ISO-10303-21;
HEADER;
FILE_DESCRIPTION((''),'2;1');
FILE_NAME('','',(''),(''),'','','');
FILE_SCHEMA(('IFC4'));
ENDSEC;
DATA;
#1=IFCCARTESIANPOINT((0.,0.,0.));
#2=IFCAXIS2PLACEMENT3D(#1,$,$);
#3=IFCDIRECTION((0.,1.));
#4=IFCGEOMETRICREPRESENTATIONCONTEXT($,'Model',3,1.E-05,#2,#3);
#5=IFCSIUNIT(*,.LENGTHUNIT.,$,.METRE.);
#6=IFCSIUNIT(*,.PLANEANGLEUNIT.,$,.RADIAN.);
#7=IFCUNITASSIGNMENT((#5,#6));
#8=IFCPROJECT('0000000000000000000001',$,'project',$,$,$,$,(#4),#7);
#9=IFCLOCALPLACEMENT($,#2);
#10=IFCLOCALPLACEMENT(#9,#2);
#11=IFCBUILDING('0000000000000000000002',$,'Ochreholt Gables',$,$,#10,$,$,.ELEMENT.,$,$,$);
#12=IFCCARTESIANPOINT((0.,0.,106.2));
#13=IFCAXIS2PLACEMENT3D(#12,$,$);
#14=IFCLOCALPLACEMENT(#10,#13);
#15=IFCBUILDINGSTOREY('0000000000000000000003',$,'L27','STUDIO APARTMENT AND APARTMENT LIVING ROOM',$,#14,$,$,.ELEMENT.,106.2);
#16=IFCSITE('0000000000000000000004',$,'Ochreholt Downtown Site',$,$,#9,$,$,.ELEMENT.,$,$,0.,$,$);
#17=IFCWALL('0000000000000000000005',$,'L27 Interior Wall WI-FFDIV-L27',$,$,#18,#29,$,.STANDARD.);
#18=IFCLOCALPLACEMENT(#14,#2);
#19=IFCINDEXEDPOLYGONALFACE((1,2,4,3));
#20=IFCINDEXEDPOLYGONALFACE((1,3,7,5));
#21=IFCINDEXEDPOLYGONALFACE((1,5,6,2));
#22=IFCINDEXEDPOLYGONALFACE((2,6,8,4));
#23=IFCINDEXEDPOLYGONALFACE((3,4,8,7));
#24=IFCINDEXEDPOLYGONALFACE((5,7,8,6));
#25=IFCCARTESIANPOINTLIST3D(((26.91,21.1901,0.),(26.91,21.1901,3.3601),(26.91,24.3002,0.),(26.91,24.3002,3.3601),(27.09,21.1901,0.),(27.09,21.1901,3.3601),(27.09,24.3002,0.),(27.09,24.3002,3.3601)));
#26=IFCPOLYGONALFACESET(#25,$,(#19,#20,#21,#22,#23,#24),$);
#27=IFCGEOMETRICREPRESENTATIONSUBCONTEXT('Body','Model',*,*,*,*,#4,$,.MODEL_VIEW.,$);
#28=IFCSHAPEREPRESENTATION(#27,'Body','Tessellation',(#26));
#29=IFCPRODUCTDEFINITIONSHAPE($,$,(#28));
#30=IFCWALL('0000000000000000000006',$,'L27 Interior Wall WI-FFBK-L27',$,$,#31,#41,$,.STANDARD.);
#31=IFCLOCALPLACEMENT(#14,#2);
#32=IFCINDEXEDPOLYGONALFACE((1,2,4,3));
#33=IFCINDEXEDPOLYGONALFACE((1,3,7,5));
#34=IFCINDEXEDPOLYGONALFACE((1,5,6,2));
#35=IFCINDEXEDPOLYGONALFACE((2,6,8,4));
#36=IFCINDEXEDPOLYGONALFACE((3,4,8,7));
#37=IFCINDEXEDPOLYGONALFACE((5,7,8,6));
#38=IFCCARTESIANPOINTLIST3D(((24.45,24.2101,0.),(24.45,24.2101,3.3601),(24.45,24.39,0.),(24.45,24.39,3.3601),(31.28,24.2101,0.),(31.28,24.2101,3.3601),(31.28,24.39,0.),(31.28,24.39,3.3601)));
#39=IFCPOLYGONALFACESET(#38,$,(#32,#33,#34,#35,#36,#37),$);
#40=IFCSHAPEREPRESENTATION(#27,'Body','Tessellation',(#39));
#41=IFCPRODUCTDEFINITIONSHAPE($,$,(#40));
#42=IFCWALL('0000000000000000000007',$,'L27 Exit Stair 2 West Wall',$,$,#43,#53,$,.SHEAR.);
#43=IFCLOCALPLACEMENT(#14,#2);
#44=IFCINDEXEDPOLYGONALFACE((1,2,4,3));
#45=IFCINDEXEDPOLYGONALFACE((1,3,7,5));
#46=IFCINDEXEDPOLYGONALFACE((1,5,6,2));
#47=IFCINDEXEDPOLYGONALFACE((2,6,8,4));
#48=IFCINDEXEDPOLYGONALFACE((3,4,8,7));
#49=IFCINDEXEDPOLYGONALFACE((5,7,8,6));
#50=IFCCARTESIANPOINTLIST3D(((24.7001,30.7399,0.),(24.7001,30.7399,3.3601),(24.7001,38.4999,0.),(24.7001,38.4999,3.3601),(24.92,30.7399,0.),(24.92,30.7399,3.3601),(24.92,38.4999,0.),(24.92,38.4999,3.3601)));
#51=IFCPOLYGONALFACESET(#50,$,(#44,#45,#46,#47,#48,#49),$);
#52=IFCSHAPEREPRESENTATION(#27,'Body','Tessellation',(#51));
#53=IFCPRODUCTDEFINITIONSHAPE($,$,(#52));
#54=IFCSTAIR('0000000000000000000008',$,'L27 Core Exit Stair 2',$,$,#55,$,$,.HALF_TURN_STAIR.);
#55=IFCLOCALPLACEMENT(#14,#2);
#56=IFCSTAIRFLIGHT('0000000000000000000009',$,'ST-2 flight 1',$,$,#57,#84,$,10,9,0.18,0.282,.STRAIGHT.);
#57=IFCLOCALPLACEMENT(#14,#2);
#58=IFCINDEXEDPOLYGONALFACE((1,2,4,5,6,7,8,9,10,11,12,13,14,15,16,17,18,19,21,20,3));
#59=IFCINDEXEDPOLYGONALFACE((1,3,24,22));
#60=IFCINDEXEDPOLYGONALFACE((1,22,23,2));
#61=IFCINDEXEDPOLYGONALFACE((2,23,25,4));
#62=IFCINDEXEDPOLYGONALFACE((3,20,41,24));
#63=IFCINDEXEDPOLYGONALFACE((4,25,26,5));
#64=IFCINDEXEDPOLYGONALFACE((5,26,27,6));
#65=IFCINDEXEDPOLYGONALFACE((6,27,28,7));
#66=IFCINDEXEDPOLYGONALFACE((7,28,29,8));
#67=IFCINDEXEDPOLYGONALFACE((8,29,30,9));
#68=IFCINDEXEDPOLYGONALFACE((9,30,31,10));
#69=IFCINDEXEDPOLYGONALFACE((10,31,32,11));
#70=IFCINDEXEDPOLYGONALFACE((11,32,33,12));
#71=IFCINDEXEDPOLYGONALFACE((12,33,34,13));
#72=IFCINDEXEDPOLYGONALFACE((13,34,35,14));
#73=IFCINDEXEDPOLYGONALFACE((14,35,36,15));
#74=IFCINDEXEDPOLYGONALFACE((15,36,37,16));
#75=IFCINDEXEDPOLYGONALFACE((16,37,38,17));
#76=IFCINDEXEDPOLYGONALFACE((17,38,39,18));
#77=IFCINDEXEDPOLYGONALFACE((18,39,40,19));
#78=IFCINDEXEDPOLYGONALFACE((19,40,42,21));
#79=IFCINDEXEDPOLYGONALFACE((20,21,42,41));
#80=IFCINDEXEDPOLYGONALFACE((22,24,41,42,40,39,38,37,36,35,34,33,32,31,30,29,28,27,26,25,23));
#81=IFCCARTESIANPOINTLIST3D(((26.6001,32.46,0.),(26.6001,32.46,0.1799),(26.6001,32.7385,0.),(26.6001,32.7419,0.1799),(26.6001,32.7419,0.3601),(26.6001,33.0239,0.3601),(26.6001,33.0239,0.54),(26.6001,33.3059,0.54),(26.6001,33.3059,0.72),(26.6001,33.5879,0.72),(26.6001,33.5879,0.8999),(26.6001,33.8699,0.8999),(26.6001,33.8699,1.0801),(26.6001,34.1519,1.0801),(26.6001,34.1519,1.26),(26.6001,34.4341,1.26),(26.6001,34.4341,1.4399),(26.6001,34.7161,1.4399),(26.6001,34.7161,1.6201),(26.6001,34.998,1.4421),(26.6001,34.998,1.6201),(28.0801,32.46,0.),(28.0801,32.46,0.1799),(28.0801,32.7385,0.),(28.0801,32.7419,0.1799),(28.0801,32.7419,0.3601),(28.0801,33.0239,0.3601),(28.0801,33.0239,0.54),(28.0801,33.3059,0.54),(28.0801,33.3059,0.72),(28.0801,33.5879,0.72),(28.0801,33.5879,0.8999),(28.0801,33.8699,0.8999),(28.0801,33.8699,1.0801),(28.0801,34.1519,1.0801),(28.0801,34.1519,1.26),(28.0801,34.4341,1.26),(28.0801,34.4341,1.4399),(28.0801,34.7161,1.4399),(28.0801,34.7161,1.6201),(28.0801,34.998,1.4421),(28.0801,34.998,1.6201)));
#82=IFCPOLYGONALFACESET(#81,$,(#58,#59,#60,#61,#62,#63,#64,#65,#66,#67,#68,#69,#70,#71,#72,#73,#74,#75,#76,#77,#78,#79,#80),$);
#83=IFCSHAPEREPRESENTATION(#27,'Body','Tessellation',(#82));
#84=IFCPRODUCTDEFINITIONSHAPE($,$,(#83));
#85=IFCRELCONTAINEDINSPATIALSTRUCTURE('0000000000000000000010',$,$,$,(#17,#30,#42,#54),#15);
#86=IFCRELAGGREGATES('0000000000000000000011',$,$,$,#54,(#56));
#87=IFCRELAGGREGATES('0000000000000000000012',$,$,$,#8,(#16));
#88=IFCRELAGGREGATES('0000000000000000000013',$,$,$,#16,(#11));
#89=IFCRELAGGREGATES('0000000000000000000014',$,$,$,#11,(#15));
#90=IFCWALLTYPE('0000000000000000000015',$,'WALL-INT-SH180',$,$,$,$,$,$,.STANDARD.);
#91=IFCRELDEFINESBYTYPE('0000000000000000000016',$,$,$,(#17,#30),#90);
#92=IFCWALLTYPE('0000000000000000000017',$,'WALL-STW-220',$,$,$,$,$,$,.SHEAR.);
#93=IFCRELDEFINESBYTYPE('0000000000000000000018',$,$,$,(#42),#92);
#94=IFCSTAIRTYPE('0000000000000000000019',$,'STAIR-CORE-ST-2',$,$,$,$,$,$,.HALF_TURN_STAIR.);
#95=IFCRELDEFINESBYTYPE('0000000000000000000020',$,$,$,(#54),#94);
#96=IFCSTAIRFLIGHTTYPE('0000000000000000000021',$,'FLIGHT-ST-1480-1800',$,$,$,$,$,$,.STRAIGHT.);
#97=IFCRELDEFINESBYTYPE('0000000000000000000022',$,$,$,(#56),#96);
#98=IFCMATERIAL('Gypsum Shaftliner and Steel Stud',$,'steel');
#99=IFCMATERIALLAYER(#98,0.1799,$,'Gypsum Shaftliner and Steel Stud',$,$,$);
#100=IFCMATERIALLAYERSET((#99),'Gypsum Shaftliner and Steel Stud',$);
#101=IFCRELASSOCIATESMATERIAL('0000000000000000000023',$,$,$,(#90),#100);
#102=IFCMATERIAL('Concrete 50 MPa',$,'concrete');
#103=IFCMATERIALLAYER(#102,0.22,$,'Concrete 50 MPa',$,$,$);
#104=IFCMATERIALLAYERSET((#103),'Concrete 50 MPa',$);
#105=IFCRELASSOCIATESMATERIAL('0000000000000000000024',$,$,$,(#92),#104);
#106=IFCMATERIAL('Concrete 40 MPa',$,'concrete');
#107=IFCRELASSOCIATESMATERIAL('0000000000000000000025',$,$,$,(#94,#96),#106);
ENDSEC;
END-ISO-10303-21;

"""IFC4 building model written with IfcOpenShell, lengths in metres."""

from ifc_helpers import new_model, si_unit, direction, frame, frame_2d, origin, place, context, subcontext, project, spatial, polyline, rectangle, outline, extrude, material, layer, layer_set, type_object, element, aggregate, save


model = new_model("IFC4")

# Units and contexts
model_context = context("Model", 3, precision=1e-05, world=origin(), true_north=direction((0.0, 1.0)))
body_context = subcontext(model_context, "Body", "Model", "MODEL_VIEW")
ifc_project = project(units=[si_unit("LENGTHUNIT", "METRE"), si_unit("PLANEANGLEUNIT", "RADIAN")], contexts=[model_context])

# Site, building, storey
site_placement = place(None, origin())
site = spatial("IfcSite", under=ifc_project, at=site_placement, Name="Ochreholt Downtown Site", CompositionType="ELEMENT", RefElevation=0.0)
building_placement = place(site_placement, origin())
building = spatial("IfcBuilding", under=site, at=building_placement, Name="Ochreholt Gables", CompositionType="ELEMENT")
storey_placement = place(building_placement, frame((0.0, 0.0, 106.2)))
storey = spatial("IfcBuildingStorey", under=building, at=storey_placement, Name="L27", Description="STUDIO APARTMENT AND APARTMENT LIVING ROOM", CompositionType="ELEMENT", Elevation=106.2)

# Shared definitions
ifc_material_1 = material(Name="Concrete 40 MPa", Category="concrete")

# Walls
ifc_material_2 = material(Name="Gypsum Shaftliner and Steel Stud", Category="steel")
ifc_layer_1 = layer(ifc_material_2, 0.1799, Name="Gypsum Shaftliner and Steel Stud")
ifc_layer_set_1 = layer_set([ifc_layer_1], Name="Gypsum Shaftliner and Steel Stud")
wall_type_1 = type_object("IfcWallType", Name="WALL-INT-SH180", PredefinedType="STANDARD", material=ifc_layer_set_1)
wall_1_placement = place(storey_placement, frame((27.0, 21.1899, 0.0), z_axis=(0.0, 0.0, 1.0), x_axis=(0.0, 1.0, 0.0)))
element("IfcWall", 1, at=wall_1_placement, inside=storey, type_object=wall_type_1, Name="L27 Interior Wall WI-FFDIV-L27", PredefinedType="STANDARD", context=body_context, shape_type="SweptSolid", body=[
    extrude(rectangle(XDim=3.1101, YDim=0.1799, at=frame_2d((1.5552, 0.0))), origin(), (0.0, 0.0, 1.0), 3.3601),
])
wall_2_placement = place(storey_placement, frame((24.45, 24.3, 0.0), z_axis=(0.0, 0.0, 1.0), x_axis=(1.0, 0.0, 0.0)))
element("IfcWall", 2, at=wall_2_placement, inside=storey, type_object=wall_type_1, Name="L27 Interior Wall WI-FFBK-L27", PredefinedType="STANDARD", context=body_context, shape_type="SweptSolid", body=[
    extrude(rectangle(XDim=6.8301, YDim=0.1799, at=frame_2d((3.415, 0.0))), origin(), (0.0, 0.0, 1.0), 3.3601),
])
ifc_material_3 = material(Name="Concrete 50 MPa", Category="concrete")
ifc_layer_2 = layer(ifc_material_3, 0.22, Name="Concrete 50 MPa")
ifc_layer_set_2 = layer_set([ifc_layer_2], Name="Concrete 50 MPa")
wall_type_2 = type_object("IfcWallType", Name="WALL-STW-220", PredefinedType="SHEAR", material=ifc_layer_set_2)
wall_3_placement = place(storey_placement, frame((24.8101, 30.74, 0.0), z_axis=(0.0, 0.0, 1.0), x_axis=(0.0, 1.0, 0.0)))
element("IfcWall", 3, at=wall_3_placement, inside=storey, type_object=wall_type_2, Name="L27 Exit Stair 2 West Wall", PredefinedType="SHEAR", context=body_context, shape_type="SweptSolid", body=[
    extrude(rectangle(XDim=7.76, YDim=0.22, at=frame_2d((3.8799, 0.0))), origin(), (0.0, 0.0, 1.0), 3.3601),
])

# Stair, stair flight
stair_type = type_object("IfcStairType", Name="STAIR-CORE-ST-2", PredefinedType="HALF_TURN_STAIR", material=ifc_material_1)
stair_placement = place(storey_placement, origin())
stair = element("IfcStair", 4, at=stair_placement, inside=storey, type_object=stair_type, Name="L27 Core Exit Stair 2", PredefinedType="HALF_TURN_STAIR")
stair_flight_type = type_object("IfcStairFlightType", Name="FLIGHT-ST-1480-1800", PredefinedType="STRAIGHT", material=ifc_material_1)
stair_flight_placement = place(storey_placement, frame((27.3401, 32.46, 0.0), z_axis=(0.0, 0.0, 1.0), x_axis=(0.0, 1.0, 0.0)))
stair_flight = element("IfcStairFlight", 5, at=stair_flight_placement, type_object=stair_flight_type, Name="ST-2 flight 1", NumberOfRisers=10, NumberOfTreads=9, PredefinedType="STRAIGHT", RiserHeight=0.18, TreadLength=0.282, context=body_context, shape_type="SweptSolid", body=[
    extrude(outline(polyline([(0.0, 0.0), (0.0, 0.1799), (0.282, 0.1799), (0.282, 0.3601), (0.564, 0.3601), (0.564, 0.54), (0.8459, 0.54), (0.8459, 0.72), (1.1279, 0.72), (1.1279, 0.8999), (1.4099, 0.8999), (1.4099, 1.0801), (1.6919, 1.0801), (1.6919, 1.26), (1.9741, 1.26), (1.9741, 1.4399), (2.2561, 1.4399), (2.2561, 1.6201), (2.5381, 1.6201), (2.5381, 1.8), (2.5381, 1.4421), (0.2786, 0.0), (0.0, 0.0)])), frame((0.0, 0.74, 0.0), z_axis=(0.0, -1.0, 0.0), x_axis=(1.0, 0.0, 0.0)), (0.0, 0.0, 1.0), 1.48),
])
aggregate(stair, [stair_flight])

save(model, "model.ifc")
